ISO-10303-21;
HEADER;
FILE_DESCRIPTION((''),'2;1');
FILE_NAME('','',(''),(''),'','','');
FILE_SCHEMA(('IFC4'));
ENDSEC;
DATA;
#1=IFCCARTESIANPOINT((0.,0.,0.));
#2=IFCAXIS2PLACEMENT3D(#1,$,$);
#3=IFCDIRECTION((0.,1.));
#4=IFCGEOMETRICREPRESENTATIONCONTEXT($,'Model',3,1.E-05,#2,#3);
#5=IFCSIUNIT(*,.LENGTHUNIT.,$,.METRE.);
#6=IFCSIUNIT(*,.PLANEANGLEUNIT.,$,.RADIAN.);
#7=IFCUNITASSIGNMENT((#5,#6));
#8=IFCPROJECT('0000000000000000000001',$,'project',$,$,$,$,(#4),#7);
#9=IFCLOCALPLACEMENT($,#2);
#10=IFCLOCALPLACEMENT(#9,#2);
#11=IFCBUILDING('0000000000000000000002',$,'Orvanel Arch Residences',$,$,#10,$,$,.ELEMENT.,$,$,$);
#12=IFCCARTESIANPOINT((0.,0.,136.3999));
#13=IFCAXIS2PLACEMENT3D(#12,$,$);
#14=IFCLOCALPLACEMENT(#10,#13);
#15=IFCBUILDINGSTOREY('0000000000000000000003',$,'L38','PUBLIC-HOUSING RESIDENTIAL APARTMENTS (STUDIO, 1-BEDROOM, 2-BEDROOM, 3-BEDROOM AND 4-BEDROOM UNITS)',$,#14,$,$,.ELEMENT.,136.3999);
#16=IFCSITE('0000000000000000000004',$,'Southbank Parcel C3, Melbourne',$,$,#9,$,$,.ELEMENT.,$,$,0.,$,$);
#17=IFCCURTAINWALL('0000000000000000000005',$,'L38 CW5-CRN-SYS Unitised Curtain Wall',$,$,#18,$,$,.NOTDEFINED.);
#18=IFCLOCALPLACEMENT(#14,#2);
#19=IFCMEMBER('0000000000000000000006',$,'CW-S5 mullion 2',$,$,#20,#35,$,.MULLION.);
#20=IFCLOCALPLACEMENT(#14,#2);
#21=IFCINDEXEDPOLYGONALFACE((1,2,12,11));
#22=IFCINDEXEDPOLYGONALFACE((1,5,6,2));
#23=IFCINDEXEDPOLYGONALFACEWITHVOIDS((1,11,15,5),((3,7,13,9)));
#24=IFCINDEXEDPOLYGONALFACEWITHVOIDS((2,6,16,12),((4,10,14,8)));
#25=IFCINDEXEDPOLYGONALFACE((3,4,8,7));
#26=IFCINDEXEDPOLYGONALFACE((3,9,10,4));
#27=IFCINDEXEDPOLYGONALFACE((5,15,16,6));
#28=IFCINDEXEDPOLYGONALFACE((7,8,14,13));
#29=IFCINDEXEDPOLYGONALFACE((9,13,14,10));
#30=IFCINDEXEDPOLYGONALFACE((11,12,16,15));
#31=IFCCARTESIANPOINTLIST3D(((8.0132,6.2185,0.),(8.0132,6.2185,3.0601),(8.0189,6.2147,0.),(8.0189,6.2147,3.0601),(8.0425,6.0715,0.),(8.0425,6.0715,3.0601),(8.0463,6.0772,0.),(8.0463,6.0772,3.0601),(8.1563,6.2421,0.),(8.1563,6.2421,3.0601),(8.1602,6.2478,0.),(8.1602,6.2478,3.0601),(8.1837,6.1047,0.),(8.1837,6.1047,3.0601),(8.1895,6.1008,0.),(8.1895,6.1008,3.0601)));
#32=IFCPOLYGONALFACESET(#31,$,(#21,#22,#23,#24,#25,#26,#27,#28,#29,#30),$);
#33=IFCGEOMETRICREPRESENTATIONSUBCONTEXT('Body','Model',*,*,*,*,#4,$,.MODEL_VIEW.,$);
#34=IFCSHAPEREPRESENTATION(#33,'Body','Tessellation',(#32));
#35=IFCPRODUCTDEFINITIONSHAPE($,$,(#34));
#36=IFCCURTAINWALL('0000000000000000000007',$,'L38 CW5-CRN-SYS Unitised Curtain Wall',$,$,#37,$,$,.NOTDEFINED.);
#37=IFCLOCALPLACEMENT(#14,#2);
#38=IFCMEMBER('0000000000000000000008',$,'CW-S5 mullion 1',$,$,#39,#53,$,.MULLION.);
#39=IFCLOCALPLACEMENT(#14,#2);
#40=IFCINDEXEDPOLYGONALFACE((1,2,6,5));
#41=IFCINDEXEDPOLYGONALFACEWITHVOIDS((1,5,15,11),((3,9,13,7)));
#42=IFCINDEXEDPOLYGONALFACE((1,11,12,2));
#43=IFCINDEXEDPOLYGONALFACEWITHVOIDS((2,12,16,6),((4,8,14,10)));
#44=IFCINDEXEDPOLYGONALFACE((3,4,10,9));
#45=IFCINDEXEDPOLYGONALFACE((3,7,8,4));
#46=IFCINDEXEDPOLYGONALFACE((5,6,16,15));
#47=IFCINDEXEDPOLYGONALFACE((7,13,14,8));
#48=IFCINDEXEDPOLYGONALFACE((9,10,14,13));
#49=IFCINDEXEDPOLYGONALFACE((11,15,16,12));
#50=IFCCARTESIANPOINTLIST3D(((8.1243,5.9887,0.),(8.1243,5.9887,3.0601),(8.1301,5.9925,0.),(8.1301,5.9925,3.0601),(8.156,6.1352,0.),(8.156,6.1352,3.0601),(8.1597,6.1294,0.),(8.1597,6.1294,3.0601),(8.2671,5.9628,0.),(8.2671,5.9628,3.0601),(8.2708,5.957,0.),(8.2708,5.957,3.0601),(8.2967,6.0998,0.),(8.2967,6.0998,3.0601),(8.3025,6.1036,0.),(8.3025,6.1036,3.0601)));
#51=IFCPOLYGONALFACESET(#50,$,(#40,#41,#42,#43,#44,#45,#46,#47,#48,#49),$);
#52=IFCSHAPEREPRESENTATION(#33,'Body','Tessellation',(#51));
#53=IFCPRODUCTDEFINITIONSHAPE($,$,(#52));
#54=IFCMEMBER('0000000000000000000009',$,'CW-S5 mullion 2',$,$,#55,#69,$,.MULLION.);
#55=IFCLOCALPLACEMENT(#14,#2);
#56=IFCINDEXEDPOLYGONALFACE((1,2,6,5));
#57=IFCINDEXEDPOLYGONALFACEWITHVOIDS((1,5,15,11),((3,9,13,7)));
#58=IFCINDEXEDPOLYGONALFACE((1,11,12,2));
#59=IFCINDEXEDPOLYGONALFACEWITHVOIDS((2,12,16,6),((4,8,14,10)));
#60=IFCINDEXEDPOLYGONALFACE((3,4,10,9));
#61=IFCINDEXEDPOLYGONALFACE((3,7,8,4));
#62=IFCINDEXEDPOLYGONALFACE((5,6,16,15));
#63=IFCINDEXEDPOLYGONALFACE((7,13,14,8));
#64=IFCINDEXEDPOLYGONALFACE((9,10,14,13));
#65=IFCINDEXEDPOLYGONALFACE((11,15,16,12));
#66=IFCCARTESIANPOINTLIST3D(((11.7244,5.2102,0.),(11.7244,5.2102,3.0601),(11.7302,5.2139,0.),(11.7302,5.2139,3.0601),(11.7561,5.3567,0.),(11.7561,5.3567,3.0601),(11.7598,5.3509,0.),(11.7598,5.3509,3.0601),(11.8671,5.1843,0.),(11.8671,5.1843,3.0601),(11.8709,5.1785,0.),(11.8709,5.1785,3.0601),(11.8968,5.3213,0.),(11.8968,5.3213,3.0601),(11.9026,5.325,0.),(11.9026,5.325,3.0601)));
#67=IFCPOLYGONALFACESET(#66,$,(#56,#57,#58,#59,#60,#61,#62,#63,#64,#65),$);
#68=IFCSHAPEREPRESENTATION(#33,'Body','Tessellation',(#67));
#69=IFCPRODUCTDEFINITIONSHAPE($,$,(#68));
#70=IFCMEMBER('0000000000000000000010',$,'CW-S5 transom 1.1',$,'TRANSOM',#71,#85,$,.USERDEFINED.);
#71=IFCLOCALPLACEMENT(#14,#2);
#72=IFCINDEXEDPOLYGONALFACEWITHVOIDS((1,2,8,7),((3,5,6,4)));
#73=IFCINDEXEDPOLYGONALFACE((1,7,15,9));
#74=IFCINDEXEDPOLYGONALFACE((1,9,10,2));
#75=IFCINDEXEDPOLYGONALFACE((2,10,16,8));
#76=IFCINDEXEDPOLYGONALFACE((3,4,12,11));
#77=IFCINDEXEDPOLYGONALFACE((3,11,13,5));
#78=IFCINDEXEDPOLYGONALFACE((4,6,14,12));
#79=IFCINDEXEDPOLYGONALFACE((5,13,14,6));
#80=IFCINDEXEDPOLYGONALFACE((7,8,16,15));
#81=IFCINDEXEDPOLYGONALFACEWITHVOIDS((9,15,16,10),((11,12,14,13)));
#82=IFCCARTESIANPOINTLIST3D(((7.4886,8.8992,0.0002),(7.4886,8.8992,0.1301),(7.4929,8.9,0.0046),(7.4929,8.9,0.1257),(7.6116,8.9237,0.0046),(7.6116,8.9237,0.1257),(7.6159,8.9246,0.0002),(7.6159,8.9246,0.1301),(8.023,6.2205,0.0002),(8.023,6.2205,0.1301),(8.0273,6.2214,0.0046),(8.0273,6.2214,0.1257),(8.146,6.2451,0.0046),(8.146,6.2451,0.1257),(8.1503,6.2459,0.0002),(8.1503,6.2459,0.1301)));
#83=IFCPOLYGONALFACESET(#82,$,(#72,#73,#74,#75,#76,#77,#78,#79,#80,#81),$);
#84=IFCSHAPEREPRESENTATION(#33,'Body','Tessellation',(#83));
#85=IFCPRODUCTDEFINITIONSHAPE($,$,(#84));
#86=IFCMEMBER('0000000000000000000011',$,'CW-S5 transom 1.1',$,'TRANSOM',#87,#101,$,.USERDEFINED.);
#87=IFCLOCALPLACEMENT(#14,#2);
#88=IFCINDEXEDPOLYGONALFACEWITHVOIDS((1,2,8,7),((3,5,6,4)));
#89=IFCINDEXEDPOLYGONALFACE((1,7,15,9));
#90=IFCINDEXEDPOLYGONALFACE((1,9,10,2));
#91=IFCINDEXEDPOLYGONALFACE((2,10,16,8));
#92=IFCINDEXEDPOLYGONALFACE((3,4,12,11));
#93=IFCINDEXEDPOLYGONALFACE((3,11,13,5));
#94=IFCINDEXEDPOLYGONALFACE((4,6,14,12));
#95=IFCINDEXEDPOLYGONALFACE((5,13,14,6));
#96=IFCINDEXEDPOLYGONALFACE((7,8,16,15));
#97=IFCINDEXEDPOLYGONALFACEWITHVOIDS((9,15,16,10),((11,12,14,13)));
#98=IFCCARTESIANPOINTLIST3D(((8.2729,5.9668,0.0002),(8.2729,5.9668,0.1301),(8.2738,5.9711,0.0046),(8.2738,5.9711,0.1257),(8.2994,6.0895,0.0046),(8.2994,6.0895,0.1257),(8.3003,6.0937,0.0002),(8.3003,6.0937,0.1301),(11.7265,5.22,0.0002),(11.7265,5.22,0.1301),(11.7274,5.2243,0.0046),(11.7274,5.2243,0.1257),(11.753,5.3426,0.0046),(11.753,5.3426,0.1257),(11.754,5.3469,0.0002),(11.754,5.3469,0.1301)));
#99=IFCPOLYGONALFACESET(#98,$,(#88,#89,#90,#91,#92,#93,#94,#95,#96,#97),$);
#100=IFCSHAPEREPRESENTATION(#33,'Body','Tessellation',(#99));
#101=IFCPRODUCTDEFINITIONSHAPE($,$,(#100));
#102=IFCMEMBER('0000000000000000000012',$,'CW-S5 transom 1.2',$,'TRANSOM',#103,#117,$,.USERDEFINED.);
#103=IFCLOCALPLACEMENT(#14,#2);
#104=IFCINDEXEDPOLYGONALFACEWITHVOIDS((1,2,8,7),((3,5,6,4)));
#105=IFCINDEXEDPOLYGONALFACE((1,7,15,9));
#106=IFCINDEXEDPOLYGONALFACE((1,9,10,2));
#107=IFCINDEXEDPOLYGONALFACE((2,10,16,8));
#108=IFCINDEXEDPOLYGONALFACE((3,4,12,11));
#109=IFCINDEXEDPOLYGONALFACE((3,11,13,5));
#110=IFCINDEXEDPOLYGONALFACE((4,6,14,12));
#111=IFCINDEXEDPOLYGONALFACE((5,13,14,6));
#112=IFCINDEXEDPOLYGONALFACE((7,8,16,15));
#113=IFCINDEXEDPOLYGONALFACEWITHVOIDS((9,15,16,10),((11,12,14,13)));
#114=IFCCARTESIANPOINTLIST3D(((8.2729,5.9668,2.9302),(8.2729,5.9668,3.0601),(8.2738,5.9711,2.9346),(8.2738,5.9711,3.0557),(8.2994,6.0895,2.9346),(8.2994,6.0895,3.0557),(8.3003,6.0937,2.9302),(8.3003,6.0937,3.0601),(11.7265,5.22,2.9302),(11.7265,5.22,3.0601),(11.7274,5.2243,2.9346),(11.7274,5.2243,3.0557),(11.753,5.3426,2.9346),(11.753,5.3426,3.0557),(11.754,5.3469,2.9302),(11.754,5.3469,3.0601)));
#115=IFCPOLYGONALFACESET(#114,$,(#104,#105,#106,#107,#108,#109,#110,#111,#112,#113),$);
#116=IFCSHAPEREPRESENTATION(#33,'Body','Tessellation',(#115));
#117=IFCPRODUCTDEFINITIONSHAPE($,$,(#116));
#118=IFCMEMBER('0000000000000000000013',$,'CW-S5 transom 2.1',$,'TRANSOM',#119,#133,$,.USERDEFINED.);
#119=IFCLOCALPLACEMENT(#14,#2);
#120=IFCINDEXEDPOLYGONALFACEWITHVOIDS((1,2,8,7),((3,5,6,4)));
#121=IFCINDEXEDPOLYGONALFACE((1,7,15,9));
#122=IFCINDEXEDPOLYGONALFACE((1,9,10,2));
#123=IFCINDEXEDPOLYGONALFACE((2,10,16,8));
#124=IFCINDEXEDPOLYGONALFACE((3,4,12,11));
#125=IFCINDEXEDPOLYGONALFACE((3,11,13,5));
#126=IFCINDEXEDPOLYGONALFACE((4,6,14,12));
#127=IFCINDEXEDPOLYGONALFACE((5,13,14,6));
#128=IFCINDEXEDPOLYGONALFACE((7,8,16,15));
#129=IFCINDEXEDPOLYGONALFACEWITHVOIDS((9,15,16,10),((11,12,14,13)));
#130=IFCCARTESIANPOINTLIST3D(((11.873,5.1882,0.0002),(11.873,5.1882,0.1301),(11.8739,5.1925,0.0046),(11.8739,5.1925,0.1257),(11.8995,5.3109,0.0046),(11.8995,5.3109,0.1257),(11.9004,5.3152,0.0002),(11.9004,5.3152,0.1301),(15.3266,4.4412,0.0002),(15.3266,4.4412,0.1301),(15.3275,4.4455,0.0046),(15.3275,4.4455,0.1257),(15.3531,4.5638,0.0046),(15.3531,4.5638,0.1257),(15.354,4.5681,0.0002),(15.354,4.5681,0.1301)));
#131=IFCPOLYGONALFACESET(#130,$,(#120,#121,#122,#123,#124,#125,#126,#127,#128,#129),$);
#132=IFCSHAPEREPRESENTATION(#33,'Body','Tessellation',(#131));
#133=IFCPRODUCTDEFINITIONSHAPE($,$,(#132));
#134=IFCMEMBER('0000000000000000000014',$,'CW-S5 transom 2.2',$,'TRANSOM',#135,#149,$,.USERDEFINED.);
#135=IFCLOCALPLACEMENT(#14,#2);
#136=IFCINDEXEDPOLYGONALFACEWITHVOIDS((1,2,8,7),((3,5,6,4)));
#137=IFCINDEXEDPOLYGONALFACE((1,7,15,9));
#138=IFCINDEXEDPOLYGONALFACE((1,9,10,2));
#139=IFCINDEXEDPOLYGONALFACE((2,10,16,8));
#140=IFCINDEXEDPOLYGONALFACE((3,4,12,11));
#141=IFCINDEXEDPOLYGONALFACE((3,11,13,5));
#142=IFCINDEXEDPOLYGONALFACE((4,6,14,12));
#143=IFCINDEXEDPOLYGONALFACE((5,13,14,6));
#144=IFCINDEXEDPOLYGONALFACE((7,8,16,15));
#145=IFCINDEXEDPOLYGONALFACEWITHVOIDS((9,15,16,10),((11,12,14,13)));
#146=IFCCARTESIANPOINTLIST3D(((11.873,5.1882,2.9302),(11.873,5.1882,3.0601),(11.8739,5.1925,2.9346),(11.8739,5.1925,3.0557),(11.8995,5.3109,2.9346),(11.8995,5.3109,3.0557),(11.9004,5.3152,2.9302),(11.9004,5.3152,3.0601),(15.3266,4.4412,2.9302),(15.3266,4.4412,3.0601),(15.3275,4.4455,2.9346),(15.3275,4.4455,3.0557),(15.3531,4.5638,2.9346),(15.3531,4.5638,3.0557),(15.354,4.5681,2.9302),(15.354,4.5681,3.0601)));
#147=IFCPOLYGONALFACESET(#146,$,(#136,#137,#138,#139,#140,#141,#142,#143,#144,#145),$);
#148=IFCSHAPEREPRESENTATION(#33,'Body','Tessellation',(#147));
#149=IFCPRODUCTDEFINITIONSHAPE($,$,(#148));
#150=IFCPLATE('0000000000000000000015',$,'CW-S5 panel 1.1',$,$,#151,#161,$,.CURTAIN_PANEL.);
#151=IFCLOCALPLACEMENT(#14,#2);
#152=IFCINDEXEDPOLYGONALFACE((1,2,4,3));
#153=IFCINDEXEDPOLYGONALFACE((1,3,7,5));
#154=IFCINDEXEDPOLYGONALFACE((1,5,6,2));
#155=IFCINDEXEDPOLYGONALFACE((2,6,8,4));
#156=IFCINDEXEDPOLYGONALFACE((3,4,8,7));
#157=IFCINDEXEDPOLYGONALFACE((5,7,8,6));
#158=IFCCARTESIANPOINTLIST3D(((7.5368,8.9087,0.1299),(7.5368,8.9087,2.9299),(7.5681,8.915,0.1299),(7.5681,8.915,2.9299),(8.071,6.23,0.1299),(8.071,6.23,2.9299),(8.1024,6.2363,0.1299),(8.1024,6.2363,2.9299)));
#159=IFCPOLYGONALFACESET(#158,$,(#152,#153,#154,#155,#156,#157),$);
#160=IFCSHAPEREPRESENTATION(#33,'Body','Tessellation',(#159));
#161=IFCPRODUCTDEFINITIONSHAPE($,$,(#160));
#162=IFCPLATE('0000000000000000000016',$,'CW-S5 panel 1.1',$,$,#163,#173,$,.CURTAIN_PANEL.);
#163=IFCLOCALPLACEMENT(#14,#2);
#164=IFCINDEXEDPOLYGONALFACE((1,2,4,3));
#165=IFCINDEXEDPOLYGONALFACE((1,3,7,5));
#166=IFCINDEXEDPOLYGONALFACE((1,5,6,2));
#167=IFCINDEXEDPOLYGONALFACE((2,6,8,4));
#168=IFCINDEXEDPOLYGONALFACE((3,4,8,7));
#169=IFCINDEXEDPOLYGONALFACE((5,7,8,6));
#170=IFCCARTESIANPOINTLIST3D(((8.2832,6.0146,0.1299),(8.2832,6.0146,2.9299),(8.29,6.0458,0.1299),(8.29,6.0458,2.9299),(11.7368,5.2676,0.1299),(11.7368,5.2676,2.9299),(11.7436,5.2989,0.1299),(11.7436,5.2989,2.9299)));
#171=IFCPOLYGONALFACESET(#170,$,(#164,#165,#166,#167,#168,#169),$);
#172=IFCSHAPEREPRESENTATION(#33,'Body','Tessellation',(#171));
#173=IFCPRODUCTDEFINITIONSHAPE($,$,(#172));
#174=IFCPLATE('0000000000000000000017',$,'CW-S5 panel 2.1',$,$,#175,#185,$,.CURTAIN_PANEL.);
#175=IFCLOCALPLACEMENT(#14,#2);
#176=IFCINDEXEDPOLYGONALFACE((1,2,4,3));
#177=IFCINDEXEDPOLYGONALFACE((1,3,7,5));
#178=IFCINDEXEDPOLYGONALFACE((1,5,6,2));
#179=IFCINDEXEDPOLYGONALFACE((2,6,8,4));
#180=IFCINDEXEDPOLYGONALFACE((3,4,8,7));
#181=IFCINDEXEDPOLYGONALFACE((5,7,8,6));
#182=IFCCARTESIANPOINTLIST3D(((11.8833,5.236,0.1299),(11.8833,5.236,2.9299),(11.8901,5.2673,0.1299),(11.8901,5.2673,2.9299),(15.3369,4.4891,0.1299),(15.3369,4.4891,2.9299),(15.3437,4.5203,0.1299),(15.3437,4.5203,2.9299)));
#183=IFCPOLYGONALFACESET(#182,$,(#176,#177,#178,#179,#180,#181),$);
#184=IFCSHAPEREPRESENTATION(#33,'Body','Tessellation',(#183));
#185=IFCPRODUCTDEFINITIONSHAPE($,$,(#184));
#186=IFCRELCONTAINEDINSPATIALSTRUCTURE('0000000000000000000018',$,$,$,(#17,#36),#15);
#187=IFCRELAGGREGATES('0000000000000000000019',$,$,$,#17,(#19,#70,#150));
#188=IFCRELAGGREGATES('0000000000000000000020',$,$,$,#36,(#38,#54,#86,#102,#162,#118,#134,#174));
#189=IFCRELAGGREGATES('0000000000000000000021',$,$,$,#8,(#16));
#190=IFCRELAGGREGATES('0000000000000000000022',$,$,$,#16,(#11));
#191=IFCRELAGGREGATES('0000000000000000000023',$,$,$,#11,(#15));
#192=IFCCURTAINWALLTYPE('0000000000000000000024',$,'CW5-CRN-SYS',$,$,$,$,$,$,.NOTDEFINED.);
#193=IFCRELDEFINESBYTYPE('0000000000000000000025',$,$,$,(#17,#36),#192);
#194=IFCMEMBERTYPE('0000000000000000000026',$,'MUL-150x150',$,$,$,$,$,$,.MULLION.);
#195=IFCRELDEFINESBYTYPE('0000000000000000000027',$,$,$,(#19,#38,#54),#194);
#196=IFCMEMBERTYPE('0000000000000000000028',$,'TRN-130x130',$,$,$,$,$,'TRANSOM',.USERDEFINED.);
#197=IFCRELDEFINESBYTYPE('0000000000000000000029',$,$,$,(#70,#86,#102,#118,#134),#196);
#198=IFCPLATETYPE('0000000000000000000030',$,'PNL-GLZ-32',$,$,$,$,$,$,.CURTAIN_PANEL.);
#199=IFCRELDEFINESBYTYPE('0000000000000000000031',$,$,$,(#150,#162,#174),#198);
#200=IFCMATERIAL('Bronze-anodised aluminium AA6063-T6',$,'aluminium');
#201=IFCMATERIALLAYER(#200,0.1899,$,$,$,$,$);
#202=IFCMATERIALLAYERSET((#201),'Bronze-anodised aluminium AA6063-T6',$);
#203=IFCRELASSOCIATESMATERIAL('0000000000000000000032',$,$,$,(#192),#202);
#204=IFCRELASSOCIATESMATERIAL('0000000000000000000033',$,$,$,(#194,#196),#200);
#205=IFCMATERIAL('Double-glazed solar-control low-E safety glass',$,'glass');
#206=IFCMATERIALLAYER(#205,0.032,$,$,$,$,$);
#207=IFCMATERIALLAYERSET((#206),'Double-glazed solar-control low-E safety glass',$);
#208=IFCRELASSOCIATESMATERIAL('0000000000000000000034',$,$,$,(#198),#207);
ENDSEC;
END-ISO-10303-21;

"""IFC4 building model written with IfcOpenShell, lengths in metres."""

from ifc_helpers import new_model, si_unit, direction, frame, origin, origin_2d, place, context, subcontext, project, spatial, rectangle, hollow_rectangle, extrude, material, layer, layer_set, material_profile, profile_set, type_object, element, aggregate, save


model = new_model("IFC4")

# Units and contexts
model_context = context("Model", 3, precision=1e-05, world=origin(), true_north=direction((0.0, 1.0)))
body_context = subcontext(model_context, "Body", "Model", "MODEL_VIEW")
ifc_project = project(units=[si_unit("LENGTHUNIT", "METRE"), si_unit("PLANEANGLEUNIT", "RADIAN")], contexts=[model_context])

# Site, building, storey
site_placement = place(None, origin())
site = spatial("IfcSite", under=ifc_project, at=site_placement, Name="Southbank Parcel C3, Melbourne", CompositionType="ELEMENT", RefElevation=0.0)
building_placement = place(site_placement, origin())
building = spatial("IfcBuilding", under=site, at=building_placement, Name="Orvanel Arch Residences", CompositionType="ELEMENT")
storey_placement = place(building_placement, frame((0.0, 0.0, 136.3999)))
storey = spatial("IfcBuildingStorey", under=building, at=storey_placement, Name="L38", Description="PUBLIC-HOUSING RESIDENTIAL APARTMENTS (STUDIO, 1-BEDROOM, 2-BEDROOM, 3-BEDROOM AND 4-BEDROOM UNITS)", CompositionType="ELEMENT", Elevation=136.3999)

# Curtain wall, member
ifc_material_1 = material(Name="Bronze-anodised aluminium AA6063-T6", Category="aluminium")
ifc_layer_1 = layer(ifc_material_1, 0.1899)
ifc_layer_set_1 = layer_set([ifc_layer_1], Name="Bronze-anodised aluminium AA6063-T6")
curtain_wall_type = type_object("IfcCurtainWallType", Name="CW5-CRN-SYS", PredefinedType="NOTDEFINED", material=ifc_layer_set_1)
curtain_wall_1_placement = place(storey_placement, origin())
curtain_wall_1 = element("IfcCurtainWall", 1, at=curtain_wall_1_placement, inside=storey, type_object=curtain_wall_type, Name="L38 CW5-CRN-SYS Unitised Curtain Wall", PredefinedType="NOTDEFINED")
ifc_material_profile_1 = material_profile(ifc_material_1, hollow_rectangle(XDim=0.1499, YDim=0.1499, WallThickness=0.0049, at=origin_2d()), Name="ALU150x150x5")
ifc_profile_set_1 = profile_set([ifc_material_profile_1], Name="Bronze-anodised aluminium AA6063-T6")
member_type_1 = type_object("IfcMemberType", Name="MUL-150x150", PredefinedType="MULLION", material=ifc_profile_set_1)
member_1_placement = place(storey_placement, frame((8.1013, 6.1597, 0.0), z_axis=(0.0, 0.0, 1.0), x_axis=(0.980682, 0.195609, 0.0)))
member_1 = element("IfcMember", 2, at=member_1_placement, type_object=member_type_1, Name="CW-S5 mullion 2", PredefinedType="MULLION", context=body_context, shape_type="SweptSolid", body=[
    extrude(hollow_rectangle(XDim=0.1499, YDim=0.1499, WallThickness=0.0049, at=origin_2d()), origin(), (0.0, 0.0, 1.0), 3.0601),
])

# Curtain wall, members
curtain_wall_2_placement = place(storey_placement, origin())
curtain_wall_2 = element("IfcCurtainWall", 3, at=curtain_wall_2_placement, inside=storey, type_object=curtain_wall_type, Name="L38 CW5-CRN-SYS Unitised Curtain Wall", PredefinedType="NOTDEFINED")
member_2_placement = place(storey_placement, frame((8.2134, 6.0461, 0.0), z_axis=(0.0, 0.0, 1.0), x_axis=(0.211391, 0.977402, 0.0)))
member_2 = element("IfcMember", 4, at=member_2_placement, type_object=member_type_1, Name="CW-S5 mullion 1", PredefinedType="MULLION", context=body_context, shape_type="SweptSolid", body=[
    extrude(hollow_rectangle(XDim=0.1499, YDim=0.1499, WallThickness=0.0049, at=origin_2d()), origin(), (0.0, 0.0, 1.0), 3.0601),
])
member_3_placement = place(storey_placement, frame((11.8135, 5.2676, 0.0), z_axis=(0.0, 0.0, 1.0), x_axis=(0.211391, 0.977402, 0.0)))
member_3 = element("IfcMember", 5, at=member_3_placement, type_object=member_type_1, Name="CW-S5 mullion 2", PredefinedType="MULLION", context=body_context, shape_type="SweptSolid", body=[
    extrude(hollow_rectangle(XDim=0.1499, YDim=0.1499, WallThickness=0.0049, at=origin_2d()), origin(), (0.0, 0.0, 1.0), 3.0601),
])

# Members
ifc_material_profile_2 = material_profile(ifc_material_1, hollow_rectangle(XDim=0.1299, YDim=0.1299, WallThickness=0.0044, at=origin_2d()), Name="ALU130x130x4.5")
ifc_profile_set_2 = profile_set([ifc_material_profile_2], Name="Bronze-anodised aluminium AA6063-T6")
member_type_2 = type_object("IfcMemberType", Name="TRN-130x130", ElementType="TRANSOM", PredefinedType="USERDEFINED", material=ifc_profile_set_2)
member_4_placement = place(storey_placement, frame((7.5522, 8.9119, 0.0652), z_axis=(0.195652, -0.980673, 0.0), x_axis=(0.980673, 0.195652, 0.0)))
member_4 = element("IfcMember", 6, at=member_4_placement, type_object=member_type_2, Name="CW-S5 transom 1.1", ObjectType="TRANSOM", PredefinedType="USERDEFINED", context=body_context, shape_type="SweptSolid", body=[
    extrude(hollow_rectangle(XDim=0.1299, YDim=0.1299, WallThickness=0.0044, at=origin_2d()), origin(), (0.0, 0.0, 1.0), 2.7314),
])
member_5_placement = place(storey_placement, frame((8.2866, 6.0303, 0.0652), z_axis=(0.977408, -0.21136, 0.0), x_axis=(0.21136, 0.977408, 0.0)))
member_5 = element("IfcMember", 7, at=member_5_placement, type_object=member_type_2, Name="CW-S5 transom 1.1", ObjectType="TRANSOM", PredefinedType="USERDEFINED", context=body_context, shape_type="SweptSolid", body=[
    extrude(hollow_rectangle(XDim=0.1299, YDim=0.1299, WallThickness=0.0044, at=origin_2d()), origin(), (0.0, 0.0, 1.0), 3.5334),
])
member_6_placement = place(storey_placement, frame((8.2866, 6.0303, 2.9951), z_axis=(0.977408, -0.21136, 0.0), x_axis=(0.21136, 0.977408, 0.0)))
member_6 = element("IfcMember", 8, at=member_6_placement, type_object=member_type_2, Name="CW-S5 transom 1.2", ObjectType="TRANSOM", PredefinedType="USERDEFINED", context=body_context, shape_type="SweptSolid", body=[
    extrude(hollow_rectangle(XDim=0.1299, YDim=0.1299, WallThickness=0.0044, at=origin_2d()), origin(), (0.0, 0.0, 1.0), 3.5334),
])
member_7_placement = place(storey_placement, frame((11.8867, 5.2517, 0.0652), z_axis=(0.977394, -0.211426, 0.0), x_axis=(0.211426, 0.977394, 0.0)))
member_7 = element("IfcMember", 9, at=member_7_placement, type_object=member_type_2, Name="CW-S5 transom 2.1", ObjectType="TRANSOM", PredefinedType="USERDEFINED", context=body_context, shape_type="SweptSolid", body=[
    extrude(hollow_rectangle(XDim=0.1299, YDim=0.1299, WallThickness=0.0044, at=origin_2d()), origin(), (0.0, 0.0, 1.0), 3.5334),
])
member_8_placement = place(storey_placement, frame((11.8867, 5.2517, 2.9951), z_axis=(0.977394, -0.211426, 0.0), x_axis=(0.211426, 0.977394, 0.0)))
member_8 = element("IfcMember", 10, at=member_8_placement, type_object=member_type_2, Name="CW-S5 transom 2.2", ObjectType="TRANSOM", PredefinedType="USERDEFINED", context=body_context, shape_type="SweptSolid", body=[
    extrude(hollow_rectangle(XDim=0.1299, YDim=0.1299, WallThickness=0.0044, at=origin_2d()), origin(), (0.0, 0.0, 1.0), 3.5334),
])

# Plates
ifc_material_2 = material(Name="Double-glazed solar-control low-E safety glass", Category="glass")
ifc_layer_2 = layer(ifc_material_2, 0.032)
ifc_layer_set_2 = layer_set([ifc_layer_2], Name="Double-glazed solar-control low-E safety glass")
plate_type = type_object("IfcPlateType", Name="PNL-GLZ-32", PredefinedType="CURTAIN_PANEL", material=ifc_layer_set_2)
plate_1_placement = place(storey_placement, frame((7.8196, 7.5725, 0.1299), z_axis=(0.0, 0.0, 1.0), x_axis=(0.195609, -0.980682, 0.0)))
plate_1 = element("IfcPlate", 11, at=plate_1_placement, type_object=plate_type, Name="CW-S5 panel 1.1", PredefinedType="CURTAIN_PANEL", context=body_context, shape_type="SweptSolid", body=[
    extrude(rectangle(XDim=2.7314, YDim=0.032, at=origin_2d()), origin(), (0.0, 0.0, 1.0), 2.8),
])
aggregate(curtain_wall_1, [member_1, member_4, plate_1])
plate_2_placement = place(storey_placement, frame((10.0134, 5.6567, 0.1299), z_axis=(0.0, 0.0, 1.0), x_axis=(0.977402, -0.211391, 0.0)))
plate_2 = element("IfcPlate", 12, at=plate_2_placement, type_object=plate_type, Name="CW-S5 panel 1.1", PredefinedType="CURTAIN_PANEL", context=body_context, shape_type="SweptSolid", body=[
    extrude(rectangle(XDim=3.5334, YDim=0.032, at=origin_2d()), origin(), (0.0, 0.0, 1.0), 2.8),
])
plate_3_placement = place(storey_placement, frame((13.6135, 4.8782, 0.1299), z_axis=(0.0, 0.0, 1.0), x_axis=(0.977402, -0.211391, 0.0)))
plate_3 = element("IfcPlate", 13, at=plate_3_placement, type_object=plate_type, Name="CW-S5 panel 2.1", PredefinedType="CURTAIN_PANEL", context=body_context, shape_type="SweptSolid", body=[
    extrude(rectangle(XDim=3.5334, YDim=0.032, at=origin_2d()), origin(), (0.0, 0.0, 1.0), 2.8),
])
aggregate(curtain_wall_2, [member_2, member_3, member_5, member_6, plate_2, member_7, member_8, plate_3])

save(model, "model.ifc")
